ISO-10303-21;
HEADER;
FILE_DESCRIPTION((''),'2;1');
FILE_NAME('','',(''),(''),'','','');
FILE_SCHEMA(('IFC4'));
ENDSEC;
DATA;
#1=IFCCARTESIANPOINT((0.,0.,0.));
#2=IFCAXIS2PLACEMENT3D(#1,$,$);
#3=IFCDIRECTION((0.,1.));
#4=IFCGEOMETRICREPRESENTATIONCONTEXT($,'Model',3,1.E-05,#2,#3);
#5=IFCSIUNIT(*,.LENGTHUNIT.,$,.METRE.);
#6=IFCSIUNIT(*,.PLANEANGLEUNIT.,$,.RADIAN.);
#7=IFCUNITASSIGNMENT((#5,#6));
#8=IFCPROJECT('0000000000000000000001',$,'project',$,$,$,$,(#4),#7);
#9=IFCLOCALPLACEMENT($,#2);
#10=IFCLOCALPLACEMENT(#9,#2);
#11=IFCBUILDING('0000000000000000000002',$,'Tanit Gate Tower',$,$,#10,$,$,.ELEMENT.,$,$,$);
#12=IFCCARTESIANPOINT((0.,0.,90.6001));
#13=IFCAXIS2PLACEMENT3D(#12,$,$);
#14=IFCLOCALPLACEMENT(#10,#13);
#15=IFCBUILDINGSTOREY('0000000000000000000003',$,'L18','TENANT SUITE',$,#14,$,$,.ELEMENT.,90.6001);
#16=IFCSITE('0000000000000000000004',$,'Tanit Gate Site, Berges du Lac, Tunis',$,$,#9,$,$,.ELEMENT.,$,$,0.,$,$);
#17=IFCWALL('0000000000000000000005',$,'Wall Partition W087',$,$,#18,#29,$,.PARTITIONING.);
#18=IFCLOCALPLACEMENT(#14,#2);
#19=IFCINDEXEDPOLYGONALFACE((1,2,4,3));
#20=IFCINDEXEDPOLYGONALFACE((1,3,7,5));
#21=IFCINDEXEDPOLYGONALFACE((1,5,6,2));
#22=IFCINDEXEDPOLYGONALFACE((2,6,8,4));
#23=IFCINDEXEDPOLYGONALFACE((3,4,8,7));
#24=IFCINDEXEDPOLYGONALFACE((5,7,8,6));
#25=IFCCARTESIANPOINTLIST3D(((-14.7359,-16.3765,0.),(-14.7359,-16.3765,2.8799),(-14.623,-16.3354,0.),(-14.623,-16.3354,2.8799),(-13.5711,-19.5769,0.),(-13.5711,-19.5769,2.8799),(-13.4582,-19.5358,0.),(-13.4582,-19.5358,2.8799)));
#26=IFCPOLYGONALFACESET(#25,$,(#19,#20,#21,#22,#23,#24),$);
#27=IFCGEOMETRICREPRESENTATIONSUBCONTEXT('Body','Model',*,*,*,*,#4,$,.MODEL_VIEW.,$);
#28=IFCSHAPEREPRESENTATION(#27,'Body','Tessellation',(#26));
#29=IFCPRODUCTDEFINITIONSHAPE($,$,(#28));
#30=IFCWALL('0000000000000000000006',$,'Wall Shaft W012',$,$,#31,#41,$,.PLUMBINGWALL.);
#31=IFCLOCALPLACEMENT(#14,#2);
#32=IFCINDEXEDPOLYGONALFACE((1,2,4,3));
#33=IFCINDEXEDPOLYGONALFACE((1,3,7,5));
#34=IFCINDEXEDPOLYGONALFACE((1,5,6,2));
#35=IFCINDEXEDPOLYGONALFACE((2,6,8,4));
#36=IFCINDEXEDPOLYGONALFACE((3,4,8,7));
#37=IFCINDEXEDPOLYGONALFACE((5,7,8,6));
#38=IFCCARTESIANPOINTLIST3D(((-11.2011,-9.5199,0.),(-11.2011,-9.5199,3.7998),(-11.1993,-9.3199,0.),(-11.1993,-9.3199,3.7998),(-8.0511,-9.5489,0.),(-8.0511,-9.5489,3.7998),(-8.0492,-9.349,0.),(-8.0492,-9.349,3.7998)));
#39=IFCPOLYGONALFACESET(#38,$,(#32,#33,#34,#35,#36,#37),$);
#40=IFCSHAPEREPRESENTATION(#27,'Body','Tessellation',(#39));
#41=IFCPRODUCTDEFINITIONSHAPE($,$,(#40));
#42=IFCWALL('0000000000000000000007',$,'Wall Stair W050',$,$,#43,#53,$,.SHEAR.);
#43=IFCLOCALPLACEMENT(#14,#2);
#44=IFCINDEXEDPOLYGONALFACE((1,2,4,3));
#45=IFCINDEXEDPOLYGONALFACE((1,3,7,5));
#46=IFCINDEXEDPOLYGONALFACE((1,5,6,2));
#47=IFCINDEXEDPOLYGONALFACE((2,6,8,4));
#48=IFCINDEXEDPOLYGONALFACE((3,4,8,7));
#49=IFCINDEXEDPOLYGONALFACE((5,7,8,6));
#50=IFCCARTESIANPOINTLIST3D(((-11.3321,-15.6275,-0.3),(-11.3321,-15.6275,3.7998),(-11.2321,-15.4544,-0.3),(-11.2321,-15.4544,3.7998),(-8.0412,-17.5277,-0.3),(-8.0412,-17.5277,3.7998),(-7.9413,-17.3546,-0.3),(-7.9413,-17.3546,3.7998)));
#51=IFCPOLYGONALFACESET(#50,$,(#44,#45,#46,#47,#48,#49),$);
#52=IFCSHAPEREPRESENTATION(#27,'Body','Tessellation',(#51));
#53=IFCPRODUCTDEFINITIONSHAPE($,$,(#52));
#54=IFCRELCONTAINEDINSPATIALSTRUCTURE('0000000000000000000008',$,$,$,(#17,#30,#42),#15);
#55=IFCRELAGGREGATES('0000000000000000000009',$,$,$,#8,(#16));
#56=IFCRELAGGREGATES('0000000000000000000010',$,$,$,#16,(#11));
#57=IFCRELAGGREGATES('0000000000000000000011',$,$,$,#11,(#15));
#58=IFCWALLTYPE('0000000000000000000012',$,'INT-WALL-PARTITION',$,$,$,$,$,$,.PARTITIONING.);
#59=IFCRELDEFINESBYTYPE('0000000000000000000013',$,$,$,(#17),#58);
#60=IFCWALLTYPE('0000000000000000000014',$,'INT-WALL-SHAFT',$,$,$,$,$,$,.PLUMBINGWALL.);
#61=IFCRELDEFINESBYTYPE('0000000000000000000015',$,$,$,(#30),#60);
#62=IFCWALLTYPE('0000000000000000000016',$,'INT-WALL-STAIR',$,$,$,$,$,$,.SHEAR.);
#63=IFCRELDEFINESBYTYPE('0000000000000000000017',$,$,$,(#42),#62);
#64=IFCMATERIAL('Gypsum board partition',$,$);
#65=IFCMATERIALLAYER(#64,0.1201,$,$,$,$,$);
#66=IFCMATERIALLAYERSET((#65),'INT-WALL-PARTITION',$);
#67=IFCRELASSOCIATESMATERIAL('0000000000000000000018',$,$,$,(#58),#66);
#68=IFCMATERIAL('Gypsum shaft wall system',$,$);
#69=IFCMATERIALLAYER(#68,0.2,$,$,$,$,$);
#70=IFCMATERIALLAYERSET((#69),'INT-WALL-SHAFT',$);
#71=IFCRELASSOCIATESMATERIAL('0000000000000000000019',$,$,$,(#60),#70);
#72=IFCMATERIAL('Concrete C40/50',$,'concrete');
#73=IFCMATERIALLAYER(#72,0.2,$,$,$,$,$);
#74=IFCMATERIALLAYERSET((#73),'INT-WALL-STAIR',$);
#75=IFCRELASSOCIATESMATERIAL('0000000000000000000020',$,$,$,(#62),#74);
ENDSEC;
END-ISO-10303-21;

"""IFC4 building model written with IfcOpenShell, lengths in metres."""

from ifc_helpers import new_model, si_unit, direction, frame, frame_2d, origin, place, context, subcontext, project, spatial, rectangle, extrude, material, layer, layer_set, type_object, element, save


model = new_model("IFC4")

# Units and contexts
model_context = context("Model", 3, precision=1e-05, world=origin(), true_north=direction((0.0, 1.0)))
body_context = subcontext(model_context, "Body", "Model", "MODEL_VIEW")
ifc_project = project(units=[si_unit("LENGTHUNIT", "METRE"), si_unit("PLANEANGLEUNIT", "RADIAN")], contexts=[model_context])

# Site, building, storey
site_placement = place(None, origin())
site = spatial("IfcSite", under=ifc_project, at=site_placement, Name="Tanit Gate Site, Berges du Lac, Tunis", CompositionType="ELEMENT", RefElevation=0.0)
building_placement = place(site_placement, origin())
building = spatial("IfcBuilding", under=site, at=building_placement, Name="Tanit Gate Tower", CompositionType="ELEMENT")
storey_placement = place(building_placement, frame((0.0, 0.0, 90.6001)))
storey = spatial("IfcBuildingStorey", under=building, at=storey_placement, Name="L18", Description="TENANT SUITE", CompositionType="ELEMENT", Elevation=90.6001)

# Shared definitions
ifc_material_1 = material(Name="Gypsum board partition")
ifc_layer_1 = layer(ifc_material_1, 0.1201)
ifc_layer_set_1 = layer_set([ifc_layer_1], Name="INT-WALL-PARTITION")
wall_type_1 = type_object("IfcWallType", Name="INT-WALL-PARTITION", PredefinedType="PARTITIONING", material=ifc_layer_set_1)

# Walls
wall_1_placement = place(storey_placement, frame((-14.6794, -16.356, 0.0), z_axis=(0.0, 0.0, 1.0), x_axis=(0.342002, -0.939699, 0.0)))
element("IfcWall", 1, at=wall_1_placement, inside=storey, type_object=wall_type_1, Name="Wall Partition W087", PredefinedType="PARTITIONING", context=body_context, shape_type="SweptSolid", body=[
    extrude(rectangle(XDim=3.4058, YDim=0.1201, at=frame_2d((1.7029, 0.0))), origin(), (0.0, 0.0, 1.0), 2.8799),
])
ifc_material_2 = material(Name="Gypsum shaft wall system")
ifc_layer_2 = layer(ifc_material_2, 0.2)
ifc_layer_set_2 = layer_set([ifc_layer_2], Name="INT-WALL-SHAFT")
wall_type_2 = type_object("IfcWallType", Name="INT-WALL-SHAFT", PredefinedType="PLUMBINGWALL", material=ifc_layer_set_2)
wall_2_placement = place(storey_placement, frame((-8.05, -9.449, 0.0), z_axis=(0.0, 0.0, 1.0), x_axis=(-0.999957, 0.009223, 0.0)))
element("IfcWall", 2, at=wall_2_placement, inside=storey, type_object=wall_type_2, Name="Wall Shaft W012", PredefinedType="PLUMBINGWALL", context=body_context, shape_type="SweptSolid", body=[
    extrude(rectangle(XDim=3.1501, YDim=0.2, at=frame_2d((1.5752, 0.0))), origin(), (0.0, 0.0, 1.0), 3.7998),
])
ifc_material_3 = material(Name="Concrete C40/50", Category="concrete")
ifc_layer_3 = layer(ifc_material_3, 0.2)
ifc_layer_set_3 = layer_set([ifc_layer_3], Name="INT-WALL-STAIR")
wall_type_3 = type_object("IfcWallType", Name="INT-WALL-STAIR", PredefinedType="SHEAR", material=ifc_layer_set_3)
wall_3_placement = place(storey_placement, frame((-11.282, -15.541, -0.3), z_axis=(0.0, 0.0, 1.0), x_axis=(0.866, -0.500043, 0.0)))
element("IfcWall", 3, at=wall_3_placement, inside=storey, type_object=wall_type_3, Name="Wall Stair W050", PredefinedType="SHEAR", context=body_context, shape_type="SweptSolid", body=[
    extrude(rectangle(XDim=3.8, YDim=0.2, at=frame_2d((1.8999, 0.0))), origin(), (0.0, 0.0, 1.0), 4.0999),
])

save(model, "model.ifc")
